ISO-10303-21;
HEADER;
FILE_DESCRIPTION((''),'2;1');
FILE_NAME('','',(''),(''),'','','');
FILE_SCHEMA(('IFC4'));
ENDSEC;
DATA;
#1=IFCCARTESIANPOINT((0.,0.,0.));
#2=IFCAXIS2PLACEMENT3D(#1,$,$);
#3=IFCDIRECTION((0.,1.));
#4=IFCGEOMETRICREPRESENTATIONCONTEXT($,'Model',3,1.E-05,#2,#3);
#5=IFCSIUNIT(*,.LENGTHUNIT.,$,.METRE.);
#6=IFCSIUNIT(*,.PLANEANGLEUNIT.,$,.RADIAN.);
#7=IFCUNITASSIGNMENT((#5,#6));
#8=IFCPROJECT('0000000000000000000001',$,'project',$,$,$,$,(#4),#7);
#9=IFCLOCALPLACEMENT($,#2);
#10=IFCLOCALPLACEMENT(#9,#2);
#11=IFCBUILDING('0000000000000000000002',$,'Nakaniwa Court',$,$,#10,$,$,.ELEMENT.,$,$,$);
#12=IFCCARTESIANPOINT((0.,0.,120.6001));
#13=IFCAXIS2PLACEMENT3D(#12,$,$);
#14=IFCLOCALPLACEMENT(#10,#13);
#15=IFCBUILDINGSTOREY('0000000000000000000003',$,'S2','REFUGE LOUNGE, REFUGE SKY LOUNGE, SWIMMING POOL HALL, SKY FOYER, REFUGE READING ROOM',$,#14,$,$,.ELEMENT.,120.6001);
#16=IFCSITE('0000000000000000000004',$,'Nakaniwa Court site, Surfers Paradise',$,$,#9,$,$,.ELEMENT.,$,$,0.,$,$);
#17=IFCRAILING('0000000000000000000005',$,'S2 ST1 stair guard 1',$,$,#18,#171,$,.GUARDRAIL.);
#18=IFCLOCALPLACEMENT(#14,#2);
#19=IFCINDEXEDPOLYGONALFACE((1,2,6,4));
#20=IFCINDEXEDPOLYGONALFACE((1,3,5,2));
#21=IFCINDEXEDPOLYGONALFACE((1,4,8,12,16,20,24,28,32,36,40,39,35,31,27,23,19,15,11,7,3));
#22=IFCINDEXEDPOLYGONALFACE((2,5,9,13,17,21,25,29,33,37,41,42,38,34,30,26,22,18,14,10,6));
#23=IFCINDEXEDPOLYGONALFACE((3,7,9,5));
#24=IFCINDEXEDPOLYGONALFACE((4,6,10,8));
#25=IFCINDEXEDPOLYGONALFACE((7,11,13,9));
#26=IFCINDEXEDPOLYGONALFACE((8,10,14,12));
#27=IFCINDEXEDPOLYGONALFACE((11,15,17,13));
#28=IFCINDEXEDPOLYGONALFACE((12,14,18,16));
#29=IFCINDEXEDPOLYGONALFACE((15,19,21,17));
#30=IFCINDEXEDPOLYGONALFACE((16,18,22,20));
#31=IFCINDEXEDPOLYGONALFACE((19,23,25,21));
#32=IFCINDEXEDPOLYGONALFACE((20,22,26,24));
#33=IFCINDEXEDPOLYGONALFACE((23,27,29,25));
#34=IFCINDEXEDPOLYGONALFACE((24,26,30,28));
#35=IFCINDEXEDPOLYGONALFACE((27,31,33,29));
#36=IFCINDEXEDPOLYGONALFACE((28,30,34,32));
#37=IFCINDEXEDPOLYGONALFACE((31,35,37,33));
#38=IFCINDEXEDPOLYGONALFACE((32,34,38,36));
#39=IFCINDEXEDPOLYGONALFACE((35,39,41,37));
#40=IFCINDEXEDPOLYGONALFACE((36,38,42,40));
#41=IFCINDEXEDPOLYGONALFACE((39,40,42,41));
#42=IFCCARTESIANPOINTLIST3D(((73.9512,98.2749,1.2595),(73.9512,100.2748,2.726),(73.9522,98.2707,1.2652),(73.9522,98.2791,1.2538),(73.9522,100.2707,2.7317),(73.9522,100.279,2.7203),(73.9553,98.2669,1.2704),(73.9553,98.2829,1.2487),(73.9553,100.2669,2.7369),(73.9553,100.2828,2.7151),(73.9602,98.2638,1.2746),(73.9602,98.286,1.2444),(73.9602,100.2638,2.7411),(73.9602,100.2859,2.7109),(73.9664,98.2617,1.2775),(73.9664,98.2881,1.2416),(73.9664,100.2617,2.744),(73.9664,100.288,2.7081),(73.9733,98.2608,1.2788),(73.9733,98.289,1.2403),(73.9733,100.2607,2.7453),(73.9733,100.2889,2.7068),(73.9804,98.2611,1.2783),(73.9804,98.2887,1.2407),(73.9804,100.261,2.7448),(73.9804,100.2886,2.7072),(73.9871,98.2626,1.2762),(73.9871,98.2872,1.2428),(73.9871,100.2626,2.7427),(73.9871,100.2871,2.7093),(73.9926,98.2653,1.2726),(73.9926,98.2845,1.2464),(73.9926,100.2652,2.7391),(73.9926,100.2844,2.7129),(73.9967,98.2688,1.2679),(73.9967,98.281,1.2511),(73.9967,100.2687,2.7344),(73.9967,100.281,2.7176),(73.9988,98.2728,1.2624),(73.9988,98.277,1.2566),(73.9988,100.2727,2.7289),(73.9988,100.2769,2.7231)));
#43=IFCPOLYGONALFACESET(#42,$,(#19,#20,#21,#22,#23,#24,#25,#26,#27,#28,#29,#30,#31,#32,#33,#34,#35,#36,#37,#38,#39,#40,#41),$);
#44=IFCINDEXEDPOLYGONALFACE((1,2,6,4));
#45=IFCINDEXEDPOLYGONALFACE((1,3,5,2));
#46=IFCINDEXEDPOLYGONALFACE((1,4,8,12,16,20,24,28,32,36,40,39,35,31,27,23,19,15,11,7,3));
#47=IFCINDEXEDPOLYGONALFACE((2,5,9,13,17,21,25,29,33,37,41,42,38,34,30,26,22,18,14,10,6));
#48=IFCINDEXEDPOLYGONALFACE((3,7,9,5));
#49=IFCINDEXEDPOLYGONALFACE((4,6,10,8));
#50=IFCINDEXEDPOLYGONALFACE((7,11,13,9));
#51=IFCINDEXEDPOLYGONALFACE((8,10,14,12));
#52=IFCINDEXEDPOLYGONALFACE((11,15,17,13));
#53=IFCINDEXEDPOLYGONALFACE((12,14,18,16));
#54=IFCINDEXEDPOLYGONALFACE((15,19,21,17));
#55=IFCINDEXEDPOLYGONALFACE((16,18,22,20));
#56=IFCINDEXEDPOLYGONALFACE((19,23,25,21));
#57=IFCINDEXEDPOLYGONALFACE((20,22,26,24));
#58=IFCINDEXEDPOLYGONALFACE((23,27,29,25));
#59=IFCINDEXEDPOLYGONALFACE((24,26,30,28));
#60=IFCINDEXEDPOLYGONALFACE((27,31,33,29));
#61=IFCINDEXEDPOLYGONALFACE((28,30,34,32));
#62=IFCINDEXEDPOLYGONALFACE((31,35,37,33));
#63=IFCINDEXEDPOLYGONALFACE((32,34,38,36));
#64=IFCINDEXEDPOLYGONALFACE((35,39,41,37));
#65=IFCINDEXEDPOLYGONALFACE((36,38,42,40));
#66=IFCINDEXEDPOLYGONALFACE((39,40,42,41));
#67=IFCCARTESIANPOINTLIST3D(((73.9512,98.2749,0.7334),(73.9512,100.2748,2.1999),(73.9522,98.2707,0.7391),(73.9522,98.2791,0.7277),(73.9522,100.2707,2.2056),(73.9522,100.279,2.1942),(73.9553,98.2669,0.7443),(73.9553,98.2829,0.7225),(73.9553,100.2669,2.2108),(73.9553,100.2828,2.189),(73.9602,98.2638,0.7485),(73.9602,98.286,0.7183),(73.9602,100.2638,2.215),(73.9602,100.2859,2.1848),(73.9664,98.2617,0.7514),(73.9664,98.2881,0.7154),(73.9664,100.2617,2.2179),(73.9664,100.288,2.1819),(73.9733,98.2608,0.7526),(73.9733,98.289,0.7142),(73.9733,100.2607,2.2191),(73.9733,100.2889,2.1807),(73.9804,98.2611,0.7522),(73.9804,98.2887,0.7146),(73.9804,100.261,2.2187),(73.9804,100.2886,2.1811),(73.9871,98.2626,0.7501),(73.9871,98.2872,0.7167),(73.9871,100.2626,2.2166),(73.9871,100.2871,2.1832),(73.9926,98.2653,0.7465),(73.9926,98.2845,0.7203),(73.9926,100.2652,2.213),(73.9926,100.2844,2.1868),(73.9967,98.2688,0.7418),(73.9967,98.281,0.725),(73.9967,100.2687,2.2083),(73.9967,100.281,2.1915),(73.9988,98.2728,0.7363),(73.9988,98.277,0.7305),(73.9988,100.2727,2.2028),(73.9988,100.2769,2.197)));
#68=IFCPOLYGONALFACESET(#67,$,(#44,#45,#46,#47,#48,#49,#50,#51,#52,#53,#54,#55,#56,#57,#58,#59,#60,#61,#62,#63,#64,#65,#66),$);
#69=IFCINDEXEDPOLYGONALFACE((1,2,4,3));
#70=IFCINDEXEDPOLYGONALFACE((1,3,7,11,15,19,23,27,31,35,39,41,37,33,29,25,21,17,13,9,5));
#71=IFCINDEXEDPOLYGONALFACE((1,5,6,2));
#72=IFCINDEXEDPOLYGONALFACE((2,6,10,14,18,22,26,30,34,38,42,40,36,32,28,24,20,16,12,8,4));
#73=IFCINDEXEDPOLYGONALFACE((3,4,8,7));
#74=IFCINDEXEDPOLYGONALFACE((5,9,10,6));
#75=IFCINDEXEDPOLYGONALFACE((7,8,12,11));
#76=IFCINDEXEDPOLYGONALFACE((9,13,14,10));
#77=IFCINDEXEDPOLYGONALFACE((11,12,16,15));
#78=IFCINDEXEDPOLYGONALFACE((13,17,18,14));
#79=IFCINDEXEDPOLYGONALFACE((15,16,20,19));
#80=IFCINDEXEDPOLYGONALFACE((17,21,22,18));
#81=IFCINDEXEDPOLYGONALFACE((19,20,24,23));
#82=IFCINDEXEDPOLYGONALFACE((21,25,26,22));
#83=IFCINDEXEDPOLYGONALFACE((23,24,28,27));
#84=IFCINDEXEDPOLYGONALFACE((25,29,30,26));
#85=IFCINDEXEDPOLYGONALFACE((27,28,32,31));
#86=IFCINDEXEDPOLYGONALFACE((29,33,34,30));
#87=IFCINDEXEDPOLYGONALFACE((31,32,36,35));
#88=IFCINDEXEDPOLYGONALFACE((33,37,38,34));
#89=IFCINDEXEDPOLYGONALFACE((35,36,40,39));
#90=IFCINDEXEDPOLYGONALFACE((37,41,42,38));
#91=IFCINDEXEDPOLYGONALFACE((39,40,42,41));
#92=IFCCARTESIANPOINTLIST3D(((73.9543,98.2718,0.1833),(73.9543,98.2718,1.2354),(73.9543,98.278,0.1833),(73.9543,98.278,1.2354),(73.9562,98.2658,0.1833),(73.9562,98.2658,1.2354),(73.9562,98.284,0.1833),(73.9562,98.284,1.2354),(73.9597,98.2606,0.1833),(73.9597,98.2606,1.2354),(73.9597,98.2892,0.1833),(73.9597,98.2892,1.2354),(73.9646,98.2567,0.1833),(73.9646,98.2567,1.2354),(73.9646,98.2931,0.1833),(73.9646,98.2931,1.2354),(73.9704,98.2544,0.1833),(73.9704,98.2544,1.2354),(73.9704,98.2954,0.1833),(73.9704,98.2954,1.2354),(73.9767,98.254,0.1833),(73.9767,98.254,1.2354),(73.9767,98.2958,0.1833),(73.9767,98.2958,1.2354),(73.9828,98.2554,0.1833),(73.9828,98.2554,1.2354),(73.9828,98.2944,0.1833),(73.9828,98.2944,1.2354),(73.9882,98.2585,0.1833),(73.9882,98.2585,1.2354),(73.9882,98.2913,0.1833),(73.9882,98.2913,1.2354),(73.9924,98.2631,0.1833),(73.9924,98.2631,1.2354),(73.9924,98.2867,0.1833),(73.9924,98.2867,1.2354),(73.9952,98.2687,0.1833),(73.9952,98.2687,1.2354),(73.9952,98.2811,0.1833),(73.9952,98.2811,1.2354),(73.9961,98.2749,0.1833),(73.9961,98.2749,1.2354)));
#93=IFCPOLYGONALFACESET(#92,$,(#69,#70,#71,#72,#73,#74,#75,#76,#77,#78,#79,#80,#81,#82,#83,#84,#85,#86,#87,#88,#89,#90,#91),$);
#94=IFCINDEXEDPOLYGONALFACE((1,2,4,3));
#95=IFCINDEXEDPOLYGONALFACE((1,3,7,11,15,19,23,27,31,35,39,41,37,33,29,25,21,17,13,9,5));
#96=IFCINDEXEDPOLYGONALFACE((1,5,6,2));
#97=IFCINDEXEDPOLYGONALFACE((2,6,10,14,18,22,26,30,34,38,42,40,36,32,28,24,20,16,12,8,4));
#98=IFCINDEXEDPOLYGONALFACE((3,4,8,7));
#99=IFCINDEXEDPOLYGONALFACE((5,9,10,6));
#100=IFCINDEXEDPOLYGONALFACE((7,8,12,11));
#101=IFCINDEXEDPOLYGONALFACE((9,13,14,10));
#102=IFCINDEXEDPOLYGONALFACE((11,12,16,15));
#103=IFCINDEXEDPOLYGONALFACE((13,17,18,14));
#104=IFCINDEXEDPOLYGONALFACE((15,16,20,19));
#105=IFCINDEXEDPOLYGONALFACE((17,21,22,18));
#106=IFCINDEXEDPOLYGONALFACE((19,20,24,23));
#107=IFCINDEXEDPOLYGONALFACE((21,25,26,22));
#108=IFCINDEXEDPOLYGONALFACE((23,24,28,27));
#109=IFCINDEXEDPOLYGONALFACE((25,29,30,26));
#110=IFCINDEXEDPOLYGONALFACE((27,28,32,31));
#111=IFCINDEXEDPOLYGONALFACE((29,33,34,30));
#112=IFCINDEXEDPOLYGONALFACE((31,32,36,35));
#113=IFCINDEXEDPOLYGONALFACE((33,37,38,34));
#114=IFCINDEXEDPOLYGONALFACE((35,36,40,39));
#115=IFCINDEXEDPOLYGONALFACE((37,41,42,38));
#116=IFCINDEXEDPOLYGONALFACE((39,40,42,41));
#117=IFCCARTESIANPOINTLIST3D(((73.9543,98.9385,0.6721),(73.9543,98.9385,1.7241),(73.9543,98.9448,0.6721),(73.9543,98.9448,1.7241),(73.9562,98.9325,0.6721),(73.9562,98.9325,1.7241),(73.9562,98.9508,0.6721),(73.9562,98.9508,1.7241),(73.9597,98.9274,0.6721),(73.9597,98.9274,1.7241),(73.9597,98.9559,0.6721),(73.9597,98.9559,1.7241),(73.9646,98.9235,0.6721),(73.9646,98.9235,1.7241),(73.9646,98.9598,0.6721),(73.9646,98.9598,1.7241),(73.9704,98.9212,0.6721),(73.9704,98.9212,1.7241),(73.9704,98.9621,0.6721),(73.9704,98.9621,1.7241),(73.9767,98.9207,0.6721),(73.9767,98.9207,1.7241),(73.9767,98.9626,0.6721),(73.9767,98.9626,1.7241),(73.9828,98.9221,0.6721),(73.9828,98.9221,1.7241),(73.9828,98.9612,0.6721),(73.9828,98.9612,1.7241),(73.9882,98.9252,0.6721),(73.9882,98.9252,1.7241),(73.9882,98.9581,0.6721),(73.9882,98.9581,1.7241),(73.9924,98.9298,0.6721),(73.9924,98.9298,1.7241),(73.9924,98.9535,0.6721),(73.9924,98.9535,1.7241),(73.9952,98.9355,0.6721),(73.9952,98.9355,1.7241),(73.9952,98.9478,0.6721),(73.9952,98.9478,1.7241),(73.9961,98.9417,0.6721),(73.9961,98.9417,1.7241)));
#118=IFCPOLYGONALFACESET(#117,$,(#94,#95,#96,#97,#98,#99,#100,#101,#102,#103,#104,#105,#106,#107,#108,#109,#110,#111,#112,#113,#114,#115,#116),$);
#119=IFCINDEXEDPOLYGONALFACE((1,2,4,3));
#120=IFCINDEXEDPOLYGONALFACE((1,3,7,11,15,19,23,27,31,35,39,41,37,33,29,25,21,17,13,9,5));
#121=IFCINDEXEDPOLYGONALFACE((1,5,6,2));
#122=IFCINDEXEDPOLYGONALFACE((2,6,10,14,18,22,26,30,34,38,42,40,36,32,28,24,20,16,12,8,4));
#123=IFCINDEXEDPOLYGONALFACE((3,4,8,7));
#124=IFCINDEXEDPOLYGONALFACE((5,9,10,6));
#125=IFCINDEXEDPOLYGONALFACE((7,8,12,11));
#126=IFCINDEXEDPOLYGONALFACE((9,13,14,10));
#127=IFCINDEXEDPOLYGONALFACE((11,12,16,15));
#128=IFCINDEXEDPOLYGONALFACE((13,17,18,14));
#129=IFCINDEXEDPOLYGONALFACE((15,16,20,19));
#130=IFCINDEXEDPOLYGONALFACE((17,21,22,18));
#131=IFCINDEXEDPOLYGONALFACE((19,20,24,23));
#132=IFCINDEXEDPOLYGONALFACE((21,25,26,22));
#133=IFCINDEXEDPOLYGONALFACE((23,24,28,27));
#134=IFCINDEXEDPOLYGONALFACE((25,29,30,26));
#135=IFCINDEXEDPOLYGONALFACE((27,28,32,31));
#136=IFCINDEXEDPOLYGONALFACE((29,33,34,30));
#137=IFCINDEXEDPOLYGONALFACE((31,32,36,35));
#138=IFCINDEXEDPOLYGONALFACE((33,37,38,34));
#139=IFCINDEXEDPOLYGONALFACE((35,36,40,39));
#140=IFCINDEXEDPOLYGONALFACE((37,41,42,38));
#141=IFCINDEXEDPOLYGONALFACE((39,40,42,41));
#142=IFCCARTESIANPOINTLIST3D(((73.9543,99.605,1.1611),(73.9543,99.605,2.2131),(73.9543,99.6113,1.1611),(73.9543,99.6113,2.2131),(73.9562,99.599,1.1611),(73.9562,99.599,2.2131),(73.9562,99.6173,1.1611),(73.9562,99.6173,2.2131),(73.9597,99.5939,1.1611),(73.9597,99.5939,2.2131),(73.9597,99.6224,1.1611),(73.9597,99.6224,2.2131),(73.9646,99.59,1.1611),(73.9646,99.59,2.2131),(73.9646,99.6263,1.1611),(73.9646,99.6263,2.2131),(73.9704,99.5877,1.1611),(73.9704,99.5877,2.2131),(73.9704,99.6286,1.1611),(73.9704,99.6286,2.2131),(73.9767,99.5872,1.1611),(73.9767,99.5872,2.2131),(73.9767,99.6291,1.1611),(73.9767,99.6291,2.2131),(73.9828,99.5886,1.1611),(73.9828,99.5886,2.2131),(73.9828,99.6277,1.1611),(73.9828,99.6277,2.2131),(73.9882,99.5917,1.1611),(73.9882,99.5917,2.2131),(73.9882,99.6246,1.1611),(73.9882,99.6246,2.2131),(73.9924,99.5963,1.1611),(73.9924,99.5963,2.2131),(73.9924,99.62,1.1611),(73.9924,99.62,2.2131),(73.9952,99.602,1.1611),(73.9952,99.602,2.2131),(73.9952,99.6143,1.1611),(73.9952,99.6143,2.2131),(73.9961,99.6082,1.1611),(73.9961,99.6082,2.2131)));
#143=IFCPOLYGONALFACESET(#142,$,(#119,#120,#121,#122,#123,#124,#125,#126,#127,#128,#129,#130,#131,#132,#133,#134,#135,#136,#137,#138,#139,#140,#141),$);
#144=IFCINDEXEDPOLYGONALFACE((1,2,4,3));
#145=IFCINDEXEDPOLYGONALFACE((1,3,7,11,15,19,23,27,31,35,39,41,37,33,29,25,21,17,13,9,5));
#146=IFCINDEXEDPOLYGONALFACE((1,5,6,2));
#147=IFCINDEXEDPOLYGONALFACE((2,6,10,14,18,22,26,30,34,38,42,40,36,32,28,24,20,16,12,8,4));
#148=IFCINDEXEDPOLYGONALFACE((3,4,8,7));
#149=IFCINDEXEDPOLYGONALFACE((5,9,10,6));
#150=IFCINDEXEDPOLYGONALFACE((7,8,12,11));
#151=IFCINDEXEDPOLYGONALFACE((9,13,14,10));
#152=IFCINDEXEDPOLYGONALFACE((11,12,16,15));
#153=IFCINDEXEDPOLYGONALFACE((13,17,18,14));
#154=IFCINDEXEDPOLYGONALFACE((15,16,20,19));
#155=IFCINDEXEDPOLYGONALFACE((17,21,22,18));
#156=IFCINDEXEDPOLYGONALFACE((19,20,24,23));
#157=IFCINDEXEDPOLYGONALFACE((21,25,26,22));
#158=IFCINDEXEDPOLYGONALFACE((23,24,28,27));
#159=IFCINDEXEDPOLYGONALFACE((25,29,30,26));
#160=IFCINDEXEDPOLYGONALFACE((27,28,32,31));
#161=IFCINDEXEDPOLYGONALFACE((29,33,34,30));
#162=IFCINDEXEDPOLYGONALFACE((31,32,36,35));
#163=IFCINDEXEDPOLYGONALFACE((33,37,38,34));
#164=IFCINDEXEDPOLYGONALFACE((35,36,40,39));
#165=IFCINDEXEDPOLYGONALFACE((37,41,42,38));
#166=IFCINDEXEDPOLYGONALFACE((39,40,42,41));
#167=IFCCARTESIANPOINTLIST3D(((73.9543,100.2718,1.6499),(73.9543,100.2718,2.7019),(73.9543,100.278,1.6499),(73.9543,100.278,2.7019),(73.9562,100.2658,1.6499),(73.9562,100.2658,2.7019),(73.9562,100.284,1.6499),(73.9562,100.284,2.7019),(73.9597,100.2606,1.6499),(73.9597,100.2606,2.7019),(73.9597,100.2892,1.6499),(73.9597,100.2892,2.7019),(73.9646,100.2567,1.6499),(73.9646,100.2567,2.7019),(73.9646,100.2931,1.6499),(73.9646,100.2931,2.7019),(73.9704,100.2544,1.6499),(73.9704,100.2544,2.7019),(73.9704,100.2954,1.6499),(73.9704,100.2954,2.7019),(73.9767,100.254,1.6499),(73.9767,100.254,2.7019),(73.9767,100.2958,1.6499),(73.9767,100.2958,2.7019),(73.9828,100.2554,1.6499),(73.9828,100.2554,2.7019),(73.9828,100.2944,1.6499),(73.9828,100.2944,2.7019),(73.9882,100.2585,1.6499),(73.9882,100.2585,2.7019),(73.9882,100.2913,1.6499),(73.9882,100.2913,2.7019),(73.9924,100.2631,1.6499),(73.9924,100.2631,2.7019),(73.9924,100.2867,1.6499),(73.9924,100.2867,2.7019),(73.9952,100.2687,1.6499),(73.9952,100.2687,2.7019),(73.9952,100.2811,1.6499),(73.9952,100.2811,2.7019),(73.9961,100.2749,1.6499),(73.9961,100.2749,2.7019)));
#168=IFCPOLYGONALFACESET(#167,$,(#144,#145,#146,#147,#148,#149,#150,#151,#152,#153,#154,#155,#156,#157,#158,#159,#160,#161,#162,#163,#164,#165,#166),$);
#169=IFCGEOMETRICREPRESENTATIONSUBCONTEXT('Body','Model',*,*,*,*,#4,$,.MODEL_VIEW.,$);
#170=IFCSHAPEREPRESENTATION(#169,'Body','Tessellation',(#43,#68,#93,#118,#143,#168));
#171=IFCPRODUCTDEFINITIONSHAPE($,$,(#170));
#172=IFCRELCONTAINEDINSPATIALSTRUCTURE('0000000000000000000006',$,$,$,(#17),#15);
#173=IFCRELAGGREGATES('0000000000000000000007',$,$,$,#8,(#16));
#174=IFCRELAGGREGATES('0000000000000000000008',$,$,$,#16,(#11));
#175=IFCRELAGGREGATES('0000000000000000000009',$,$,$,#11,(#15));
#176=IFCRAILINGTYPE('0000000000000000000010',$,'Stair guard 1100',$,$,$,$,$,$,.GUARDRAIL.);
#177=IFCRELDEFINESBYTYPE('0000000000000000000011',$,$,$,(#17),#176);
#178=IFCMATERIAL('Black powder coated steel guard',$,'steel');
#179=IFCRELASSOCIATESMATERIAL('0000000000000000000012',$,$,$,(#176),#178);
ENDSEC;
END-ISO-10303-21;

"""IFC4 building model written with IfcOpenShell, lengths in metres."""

from ifc_helpers import new_model, si_unit, direction, frame, origin, origin_2d, place, context, subcontext, project, spatial, circle, extrude, material, type_object, element, save


model = new_model("IFC4")

# Units and contexts
model_context = context("Model", 3, precision=1e-05, world=origin(), true_north=direction((0.0, 1.0)))
body_context = subcontext(model_context, "Body", "Model", "MODEL_VIEW")
ifc_project = project(units=[si_unit("LENGTHUNIT", "METRE"), si_unit("PLANEANGLEUNIT", "RADIAN")], contexts=[model_context])

# Site, building, storey
site_placement = place(None, origin())
site = spatial("IfcSite", under=ifc_project, at=site_placement, Name="Nakaniwa Court site, Surfers Paradise", CompositionType="ELEMENT", RefElevation=0.0)
building_placement = place(site_placement, origin())
building = spatial("IfcBuilding", under=site, at=building_placement, Name="Nakaniwa Court", CompositionType="ELEMENT")
storey_placement = place(building_placement, frame((0.0, 0.0, 120.6001)))
storey = spatial("IfcBuildingStorey", under=building, at=storey_placement, Name="S2", Description="REFUGE LOUNGE, REFUGE SKY LOUNGE, SWIMMING POOL HALL, SKY FOYER, REFUGE READING ROOM", CompositionType="ELEMENT", Elevation=120.6001)

# Railing
ifc_material_1 = material(Name="Black powder coated steel guard", Category="steel")
railing_type_1 = type_object("IfcRailingType", Name="Stair guard 1100", PredefinedType="GUARDRAIL", material=ifc_material_1)
railing_1_placement = place(storey_placement, frame((73.9751, 98.2749, 0.1833)))
element("IfcRailing", 1, at=railing_1_placement, inside=storey, type_object=railing_type_1, Name="S2 ST1 stair guard 1", PredefinedType="GUARDRAIL", context=body_context, shape_type="SweptSolid", body=[
    extrude(circle(Radius=0.0239, at=origin_2d()), frame((0.0, 0.0, 1.0762), z_axis=(0.0, 0.806427, 0.591334), x_axis=(-1.0, 0.0, 0.0)), (0.0, 0.0, 1.0), 2.48),
    extrude(circle(Radius=0.0239, at=origin_2d()), frame((0.0, 0.0, 0.55), z_axis=(0.0, 0.806427, 0.591334), x_axis=(-1.0, 0.0, 0.0)), (0.0, 0.0, 1.0), 2.48),
    extrude(circle(Radius=0.021, at=origin_2d()), origin(), (0.0, 0.0, 1.0), 1.052),
    extrude(circle(Radius=0.021, at=origin_2d()), frame((0.0, 0.6667, 0.4888)), (0.0, 0.0, 1.0), 1.052),
    extrude(circle(Radius=0.021, at=origin_2d()), frame((0.0, 1.3333, 0.9778)), (0.0, 0.0, 1.0), 1.052),
    extrude(circle(Radius=0.021, at=origin_2d()), frame((0.0, 2.0, 1.4666)), (0.0, 0.0, 1.0), 1.052),
])

save(model, "model.ifc")
